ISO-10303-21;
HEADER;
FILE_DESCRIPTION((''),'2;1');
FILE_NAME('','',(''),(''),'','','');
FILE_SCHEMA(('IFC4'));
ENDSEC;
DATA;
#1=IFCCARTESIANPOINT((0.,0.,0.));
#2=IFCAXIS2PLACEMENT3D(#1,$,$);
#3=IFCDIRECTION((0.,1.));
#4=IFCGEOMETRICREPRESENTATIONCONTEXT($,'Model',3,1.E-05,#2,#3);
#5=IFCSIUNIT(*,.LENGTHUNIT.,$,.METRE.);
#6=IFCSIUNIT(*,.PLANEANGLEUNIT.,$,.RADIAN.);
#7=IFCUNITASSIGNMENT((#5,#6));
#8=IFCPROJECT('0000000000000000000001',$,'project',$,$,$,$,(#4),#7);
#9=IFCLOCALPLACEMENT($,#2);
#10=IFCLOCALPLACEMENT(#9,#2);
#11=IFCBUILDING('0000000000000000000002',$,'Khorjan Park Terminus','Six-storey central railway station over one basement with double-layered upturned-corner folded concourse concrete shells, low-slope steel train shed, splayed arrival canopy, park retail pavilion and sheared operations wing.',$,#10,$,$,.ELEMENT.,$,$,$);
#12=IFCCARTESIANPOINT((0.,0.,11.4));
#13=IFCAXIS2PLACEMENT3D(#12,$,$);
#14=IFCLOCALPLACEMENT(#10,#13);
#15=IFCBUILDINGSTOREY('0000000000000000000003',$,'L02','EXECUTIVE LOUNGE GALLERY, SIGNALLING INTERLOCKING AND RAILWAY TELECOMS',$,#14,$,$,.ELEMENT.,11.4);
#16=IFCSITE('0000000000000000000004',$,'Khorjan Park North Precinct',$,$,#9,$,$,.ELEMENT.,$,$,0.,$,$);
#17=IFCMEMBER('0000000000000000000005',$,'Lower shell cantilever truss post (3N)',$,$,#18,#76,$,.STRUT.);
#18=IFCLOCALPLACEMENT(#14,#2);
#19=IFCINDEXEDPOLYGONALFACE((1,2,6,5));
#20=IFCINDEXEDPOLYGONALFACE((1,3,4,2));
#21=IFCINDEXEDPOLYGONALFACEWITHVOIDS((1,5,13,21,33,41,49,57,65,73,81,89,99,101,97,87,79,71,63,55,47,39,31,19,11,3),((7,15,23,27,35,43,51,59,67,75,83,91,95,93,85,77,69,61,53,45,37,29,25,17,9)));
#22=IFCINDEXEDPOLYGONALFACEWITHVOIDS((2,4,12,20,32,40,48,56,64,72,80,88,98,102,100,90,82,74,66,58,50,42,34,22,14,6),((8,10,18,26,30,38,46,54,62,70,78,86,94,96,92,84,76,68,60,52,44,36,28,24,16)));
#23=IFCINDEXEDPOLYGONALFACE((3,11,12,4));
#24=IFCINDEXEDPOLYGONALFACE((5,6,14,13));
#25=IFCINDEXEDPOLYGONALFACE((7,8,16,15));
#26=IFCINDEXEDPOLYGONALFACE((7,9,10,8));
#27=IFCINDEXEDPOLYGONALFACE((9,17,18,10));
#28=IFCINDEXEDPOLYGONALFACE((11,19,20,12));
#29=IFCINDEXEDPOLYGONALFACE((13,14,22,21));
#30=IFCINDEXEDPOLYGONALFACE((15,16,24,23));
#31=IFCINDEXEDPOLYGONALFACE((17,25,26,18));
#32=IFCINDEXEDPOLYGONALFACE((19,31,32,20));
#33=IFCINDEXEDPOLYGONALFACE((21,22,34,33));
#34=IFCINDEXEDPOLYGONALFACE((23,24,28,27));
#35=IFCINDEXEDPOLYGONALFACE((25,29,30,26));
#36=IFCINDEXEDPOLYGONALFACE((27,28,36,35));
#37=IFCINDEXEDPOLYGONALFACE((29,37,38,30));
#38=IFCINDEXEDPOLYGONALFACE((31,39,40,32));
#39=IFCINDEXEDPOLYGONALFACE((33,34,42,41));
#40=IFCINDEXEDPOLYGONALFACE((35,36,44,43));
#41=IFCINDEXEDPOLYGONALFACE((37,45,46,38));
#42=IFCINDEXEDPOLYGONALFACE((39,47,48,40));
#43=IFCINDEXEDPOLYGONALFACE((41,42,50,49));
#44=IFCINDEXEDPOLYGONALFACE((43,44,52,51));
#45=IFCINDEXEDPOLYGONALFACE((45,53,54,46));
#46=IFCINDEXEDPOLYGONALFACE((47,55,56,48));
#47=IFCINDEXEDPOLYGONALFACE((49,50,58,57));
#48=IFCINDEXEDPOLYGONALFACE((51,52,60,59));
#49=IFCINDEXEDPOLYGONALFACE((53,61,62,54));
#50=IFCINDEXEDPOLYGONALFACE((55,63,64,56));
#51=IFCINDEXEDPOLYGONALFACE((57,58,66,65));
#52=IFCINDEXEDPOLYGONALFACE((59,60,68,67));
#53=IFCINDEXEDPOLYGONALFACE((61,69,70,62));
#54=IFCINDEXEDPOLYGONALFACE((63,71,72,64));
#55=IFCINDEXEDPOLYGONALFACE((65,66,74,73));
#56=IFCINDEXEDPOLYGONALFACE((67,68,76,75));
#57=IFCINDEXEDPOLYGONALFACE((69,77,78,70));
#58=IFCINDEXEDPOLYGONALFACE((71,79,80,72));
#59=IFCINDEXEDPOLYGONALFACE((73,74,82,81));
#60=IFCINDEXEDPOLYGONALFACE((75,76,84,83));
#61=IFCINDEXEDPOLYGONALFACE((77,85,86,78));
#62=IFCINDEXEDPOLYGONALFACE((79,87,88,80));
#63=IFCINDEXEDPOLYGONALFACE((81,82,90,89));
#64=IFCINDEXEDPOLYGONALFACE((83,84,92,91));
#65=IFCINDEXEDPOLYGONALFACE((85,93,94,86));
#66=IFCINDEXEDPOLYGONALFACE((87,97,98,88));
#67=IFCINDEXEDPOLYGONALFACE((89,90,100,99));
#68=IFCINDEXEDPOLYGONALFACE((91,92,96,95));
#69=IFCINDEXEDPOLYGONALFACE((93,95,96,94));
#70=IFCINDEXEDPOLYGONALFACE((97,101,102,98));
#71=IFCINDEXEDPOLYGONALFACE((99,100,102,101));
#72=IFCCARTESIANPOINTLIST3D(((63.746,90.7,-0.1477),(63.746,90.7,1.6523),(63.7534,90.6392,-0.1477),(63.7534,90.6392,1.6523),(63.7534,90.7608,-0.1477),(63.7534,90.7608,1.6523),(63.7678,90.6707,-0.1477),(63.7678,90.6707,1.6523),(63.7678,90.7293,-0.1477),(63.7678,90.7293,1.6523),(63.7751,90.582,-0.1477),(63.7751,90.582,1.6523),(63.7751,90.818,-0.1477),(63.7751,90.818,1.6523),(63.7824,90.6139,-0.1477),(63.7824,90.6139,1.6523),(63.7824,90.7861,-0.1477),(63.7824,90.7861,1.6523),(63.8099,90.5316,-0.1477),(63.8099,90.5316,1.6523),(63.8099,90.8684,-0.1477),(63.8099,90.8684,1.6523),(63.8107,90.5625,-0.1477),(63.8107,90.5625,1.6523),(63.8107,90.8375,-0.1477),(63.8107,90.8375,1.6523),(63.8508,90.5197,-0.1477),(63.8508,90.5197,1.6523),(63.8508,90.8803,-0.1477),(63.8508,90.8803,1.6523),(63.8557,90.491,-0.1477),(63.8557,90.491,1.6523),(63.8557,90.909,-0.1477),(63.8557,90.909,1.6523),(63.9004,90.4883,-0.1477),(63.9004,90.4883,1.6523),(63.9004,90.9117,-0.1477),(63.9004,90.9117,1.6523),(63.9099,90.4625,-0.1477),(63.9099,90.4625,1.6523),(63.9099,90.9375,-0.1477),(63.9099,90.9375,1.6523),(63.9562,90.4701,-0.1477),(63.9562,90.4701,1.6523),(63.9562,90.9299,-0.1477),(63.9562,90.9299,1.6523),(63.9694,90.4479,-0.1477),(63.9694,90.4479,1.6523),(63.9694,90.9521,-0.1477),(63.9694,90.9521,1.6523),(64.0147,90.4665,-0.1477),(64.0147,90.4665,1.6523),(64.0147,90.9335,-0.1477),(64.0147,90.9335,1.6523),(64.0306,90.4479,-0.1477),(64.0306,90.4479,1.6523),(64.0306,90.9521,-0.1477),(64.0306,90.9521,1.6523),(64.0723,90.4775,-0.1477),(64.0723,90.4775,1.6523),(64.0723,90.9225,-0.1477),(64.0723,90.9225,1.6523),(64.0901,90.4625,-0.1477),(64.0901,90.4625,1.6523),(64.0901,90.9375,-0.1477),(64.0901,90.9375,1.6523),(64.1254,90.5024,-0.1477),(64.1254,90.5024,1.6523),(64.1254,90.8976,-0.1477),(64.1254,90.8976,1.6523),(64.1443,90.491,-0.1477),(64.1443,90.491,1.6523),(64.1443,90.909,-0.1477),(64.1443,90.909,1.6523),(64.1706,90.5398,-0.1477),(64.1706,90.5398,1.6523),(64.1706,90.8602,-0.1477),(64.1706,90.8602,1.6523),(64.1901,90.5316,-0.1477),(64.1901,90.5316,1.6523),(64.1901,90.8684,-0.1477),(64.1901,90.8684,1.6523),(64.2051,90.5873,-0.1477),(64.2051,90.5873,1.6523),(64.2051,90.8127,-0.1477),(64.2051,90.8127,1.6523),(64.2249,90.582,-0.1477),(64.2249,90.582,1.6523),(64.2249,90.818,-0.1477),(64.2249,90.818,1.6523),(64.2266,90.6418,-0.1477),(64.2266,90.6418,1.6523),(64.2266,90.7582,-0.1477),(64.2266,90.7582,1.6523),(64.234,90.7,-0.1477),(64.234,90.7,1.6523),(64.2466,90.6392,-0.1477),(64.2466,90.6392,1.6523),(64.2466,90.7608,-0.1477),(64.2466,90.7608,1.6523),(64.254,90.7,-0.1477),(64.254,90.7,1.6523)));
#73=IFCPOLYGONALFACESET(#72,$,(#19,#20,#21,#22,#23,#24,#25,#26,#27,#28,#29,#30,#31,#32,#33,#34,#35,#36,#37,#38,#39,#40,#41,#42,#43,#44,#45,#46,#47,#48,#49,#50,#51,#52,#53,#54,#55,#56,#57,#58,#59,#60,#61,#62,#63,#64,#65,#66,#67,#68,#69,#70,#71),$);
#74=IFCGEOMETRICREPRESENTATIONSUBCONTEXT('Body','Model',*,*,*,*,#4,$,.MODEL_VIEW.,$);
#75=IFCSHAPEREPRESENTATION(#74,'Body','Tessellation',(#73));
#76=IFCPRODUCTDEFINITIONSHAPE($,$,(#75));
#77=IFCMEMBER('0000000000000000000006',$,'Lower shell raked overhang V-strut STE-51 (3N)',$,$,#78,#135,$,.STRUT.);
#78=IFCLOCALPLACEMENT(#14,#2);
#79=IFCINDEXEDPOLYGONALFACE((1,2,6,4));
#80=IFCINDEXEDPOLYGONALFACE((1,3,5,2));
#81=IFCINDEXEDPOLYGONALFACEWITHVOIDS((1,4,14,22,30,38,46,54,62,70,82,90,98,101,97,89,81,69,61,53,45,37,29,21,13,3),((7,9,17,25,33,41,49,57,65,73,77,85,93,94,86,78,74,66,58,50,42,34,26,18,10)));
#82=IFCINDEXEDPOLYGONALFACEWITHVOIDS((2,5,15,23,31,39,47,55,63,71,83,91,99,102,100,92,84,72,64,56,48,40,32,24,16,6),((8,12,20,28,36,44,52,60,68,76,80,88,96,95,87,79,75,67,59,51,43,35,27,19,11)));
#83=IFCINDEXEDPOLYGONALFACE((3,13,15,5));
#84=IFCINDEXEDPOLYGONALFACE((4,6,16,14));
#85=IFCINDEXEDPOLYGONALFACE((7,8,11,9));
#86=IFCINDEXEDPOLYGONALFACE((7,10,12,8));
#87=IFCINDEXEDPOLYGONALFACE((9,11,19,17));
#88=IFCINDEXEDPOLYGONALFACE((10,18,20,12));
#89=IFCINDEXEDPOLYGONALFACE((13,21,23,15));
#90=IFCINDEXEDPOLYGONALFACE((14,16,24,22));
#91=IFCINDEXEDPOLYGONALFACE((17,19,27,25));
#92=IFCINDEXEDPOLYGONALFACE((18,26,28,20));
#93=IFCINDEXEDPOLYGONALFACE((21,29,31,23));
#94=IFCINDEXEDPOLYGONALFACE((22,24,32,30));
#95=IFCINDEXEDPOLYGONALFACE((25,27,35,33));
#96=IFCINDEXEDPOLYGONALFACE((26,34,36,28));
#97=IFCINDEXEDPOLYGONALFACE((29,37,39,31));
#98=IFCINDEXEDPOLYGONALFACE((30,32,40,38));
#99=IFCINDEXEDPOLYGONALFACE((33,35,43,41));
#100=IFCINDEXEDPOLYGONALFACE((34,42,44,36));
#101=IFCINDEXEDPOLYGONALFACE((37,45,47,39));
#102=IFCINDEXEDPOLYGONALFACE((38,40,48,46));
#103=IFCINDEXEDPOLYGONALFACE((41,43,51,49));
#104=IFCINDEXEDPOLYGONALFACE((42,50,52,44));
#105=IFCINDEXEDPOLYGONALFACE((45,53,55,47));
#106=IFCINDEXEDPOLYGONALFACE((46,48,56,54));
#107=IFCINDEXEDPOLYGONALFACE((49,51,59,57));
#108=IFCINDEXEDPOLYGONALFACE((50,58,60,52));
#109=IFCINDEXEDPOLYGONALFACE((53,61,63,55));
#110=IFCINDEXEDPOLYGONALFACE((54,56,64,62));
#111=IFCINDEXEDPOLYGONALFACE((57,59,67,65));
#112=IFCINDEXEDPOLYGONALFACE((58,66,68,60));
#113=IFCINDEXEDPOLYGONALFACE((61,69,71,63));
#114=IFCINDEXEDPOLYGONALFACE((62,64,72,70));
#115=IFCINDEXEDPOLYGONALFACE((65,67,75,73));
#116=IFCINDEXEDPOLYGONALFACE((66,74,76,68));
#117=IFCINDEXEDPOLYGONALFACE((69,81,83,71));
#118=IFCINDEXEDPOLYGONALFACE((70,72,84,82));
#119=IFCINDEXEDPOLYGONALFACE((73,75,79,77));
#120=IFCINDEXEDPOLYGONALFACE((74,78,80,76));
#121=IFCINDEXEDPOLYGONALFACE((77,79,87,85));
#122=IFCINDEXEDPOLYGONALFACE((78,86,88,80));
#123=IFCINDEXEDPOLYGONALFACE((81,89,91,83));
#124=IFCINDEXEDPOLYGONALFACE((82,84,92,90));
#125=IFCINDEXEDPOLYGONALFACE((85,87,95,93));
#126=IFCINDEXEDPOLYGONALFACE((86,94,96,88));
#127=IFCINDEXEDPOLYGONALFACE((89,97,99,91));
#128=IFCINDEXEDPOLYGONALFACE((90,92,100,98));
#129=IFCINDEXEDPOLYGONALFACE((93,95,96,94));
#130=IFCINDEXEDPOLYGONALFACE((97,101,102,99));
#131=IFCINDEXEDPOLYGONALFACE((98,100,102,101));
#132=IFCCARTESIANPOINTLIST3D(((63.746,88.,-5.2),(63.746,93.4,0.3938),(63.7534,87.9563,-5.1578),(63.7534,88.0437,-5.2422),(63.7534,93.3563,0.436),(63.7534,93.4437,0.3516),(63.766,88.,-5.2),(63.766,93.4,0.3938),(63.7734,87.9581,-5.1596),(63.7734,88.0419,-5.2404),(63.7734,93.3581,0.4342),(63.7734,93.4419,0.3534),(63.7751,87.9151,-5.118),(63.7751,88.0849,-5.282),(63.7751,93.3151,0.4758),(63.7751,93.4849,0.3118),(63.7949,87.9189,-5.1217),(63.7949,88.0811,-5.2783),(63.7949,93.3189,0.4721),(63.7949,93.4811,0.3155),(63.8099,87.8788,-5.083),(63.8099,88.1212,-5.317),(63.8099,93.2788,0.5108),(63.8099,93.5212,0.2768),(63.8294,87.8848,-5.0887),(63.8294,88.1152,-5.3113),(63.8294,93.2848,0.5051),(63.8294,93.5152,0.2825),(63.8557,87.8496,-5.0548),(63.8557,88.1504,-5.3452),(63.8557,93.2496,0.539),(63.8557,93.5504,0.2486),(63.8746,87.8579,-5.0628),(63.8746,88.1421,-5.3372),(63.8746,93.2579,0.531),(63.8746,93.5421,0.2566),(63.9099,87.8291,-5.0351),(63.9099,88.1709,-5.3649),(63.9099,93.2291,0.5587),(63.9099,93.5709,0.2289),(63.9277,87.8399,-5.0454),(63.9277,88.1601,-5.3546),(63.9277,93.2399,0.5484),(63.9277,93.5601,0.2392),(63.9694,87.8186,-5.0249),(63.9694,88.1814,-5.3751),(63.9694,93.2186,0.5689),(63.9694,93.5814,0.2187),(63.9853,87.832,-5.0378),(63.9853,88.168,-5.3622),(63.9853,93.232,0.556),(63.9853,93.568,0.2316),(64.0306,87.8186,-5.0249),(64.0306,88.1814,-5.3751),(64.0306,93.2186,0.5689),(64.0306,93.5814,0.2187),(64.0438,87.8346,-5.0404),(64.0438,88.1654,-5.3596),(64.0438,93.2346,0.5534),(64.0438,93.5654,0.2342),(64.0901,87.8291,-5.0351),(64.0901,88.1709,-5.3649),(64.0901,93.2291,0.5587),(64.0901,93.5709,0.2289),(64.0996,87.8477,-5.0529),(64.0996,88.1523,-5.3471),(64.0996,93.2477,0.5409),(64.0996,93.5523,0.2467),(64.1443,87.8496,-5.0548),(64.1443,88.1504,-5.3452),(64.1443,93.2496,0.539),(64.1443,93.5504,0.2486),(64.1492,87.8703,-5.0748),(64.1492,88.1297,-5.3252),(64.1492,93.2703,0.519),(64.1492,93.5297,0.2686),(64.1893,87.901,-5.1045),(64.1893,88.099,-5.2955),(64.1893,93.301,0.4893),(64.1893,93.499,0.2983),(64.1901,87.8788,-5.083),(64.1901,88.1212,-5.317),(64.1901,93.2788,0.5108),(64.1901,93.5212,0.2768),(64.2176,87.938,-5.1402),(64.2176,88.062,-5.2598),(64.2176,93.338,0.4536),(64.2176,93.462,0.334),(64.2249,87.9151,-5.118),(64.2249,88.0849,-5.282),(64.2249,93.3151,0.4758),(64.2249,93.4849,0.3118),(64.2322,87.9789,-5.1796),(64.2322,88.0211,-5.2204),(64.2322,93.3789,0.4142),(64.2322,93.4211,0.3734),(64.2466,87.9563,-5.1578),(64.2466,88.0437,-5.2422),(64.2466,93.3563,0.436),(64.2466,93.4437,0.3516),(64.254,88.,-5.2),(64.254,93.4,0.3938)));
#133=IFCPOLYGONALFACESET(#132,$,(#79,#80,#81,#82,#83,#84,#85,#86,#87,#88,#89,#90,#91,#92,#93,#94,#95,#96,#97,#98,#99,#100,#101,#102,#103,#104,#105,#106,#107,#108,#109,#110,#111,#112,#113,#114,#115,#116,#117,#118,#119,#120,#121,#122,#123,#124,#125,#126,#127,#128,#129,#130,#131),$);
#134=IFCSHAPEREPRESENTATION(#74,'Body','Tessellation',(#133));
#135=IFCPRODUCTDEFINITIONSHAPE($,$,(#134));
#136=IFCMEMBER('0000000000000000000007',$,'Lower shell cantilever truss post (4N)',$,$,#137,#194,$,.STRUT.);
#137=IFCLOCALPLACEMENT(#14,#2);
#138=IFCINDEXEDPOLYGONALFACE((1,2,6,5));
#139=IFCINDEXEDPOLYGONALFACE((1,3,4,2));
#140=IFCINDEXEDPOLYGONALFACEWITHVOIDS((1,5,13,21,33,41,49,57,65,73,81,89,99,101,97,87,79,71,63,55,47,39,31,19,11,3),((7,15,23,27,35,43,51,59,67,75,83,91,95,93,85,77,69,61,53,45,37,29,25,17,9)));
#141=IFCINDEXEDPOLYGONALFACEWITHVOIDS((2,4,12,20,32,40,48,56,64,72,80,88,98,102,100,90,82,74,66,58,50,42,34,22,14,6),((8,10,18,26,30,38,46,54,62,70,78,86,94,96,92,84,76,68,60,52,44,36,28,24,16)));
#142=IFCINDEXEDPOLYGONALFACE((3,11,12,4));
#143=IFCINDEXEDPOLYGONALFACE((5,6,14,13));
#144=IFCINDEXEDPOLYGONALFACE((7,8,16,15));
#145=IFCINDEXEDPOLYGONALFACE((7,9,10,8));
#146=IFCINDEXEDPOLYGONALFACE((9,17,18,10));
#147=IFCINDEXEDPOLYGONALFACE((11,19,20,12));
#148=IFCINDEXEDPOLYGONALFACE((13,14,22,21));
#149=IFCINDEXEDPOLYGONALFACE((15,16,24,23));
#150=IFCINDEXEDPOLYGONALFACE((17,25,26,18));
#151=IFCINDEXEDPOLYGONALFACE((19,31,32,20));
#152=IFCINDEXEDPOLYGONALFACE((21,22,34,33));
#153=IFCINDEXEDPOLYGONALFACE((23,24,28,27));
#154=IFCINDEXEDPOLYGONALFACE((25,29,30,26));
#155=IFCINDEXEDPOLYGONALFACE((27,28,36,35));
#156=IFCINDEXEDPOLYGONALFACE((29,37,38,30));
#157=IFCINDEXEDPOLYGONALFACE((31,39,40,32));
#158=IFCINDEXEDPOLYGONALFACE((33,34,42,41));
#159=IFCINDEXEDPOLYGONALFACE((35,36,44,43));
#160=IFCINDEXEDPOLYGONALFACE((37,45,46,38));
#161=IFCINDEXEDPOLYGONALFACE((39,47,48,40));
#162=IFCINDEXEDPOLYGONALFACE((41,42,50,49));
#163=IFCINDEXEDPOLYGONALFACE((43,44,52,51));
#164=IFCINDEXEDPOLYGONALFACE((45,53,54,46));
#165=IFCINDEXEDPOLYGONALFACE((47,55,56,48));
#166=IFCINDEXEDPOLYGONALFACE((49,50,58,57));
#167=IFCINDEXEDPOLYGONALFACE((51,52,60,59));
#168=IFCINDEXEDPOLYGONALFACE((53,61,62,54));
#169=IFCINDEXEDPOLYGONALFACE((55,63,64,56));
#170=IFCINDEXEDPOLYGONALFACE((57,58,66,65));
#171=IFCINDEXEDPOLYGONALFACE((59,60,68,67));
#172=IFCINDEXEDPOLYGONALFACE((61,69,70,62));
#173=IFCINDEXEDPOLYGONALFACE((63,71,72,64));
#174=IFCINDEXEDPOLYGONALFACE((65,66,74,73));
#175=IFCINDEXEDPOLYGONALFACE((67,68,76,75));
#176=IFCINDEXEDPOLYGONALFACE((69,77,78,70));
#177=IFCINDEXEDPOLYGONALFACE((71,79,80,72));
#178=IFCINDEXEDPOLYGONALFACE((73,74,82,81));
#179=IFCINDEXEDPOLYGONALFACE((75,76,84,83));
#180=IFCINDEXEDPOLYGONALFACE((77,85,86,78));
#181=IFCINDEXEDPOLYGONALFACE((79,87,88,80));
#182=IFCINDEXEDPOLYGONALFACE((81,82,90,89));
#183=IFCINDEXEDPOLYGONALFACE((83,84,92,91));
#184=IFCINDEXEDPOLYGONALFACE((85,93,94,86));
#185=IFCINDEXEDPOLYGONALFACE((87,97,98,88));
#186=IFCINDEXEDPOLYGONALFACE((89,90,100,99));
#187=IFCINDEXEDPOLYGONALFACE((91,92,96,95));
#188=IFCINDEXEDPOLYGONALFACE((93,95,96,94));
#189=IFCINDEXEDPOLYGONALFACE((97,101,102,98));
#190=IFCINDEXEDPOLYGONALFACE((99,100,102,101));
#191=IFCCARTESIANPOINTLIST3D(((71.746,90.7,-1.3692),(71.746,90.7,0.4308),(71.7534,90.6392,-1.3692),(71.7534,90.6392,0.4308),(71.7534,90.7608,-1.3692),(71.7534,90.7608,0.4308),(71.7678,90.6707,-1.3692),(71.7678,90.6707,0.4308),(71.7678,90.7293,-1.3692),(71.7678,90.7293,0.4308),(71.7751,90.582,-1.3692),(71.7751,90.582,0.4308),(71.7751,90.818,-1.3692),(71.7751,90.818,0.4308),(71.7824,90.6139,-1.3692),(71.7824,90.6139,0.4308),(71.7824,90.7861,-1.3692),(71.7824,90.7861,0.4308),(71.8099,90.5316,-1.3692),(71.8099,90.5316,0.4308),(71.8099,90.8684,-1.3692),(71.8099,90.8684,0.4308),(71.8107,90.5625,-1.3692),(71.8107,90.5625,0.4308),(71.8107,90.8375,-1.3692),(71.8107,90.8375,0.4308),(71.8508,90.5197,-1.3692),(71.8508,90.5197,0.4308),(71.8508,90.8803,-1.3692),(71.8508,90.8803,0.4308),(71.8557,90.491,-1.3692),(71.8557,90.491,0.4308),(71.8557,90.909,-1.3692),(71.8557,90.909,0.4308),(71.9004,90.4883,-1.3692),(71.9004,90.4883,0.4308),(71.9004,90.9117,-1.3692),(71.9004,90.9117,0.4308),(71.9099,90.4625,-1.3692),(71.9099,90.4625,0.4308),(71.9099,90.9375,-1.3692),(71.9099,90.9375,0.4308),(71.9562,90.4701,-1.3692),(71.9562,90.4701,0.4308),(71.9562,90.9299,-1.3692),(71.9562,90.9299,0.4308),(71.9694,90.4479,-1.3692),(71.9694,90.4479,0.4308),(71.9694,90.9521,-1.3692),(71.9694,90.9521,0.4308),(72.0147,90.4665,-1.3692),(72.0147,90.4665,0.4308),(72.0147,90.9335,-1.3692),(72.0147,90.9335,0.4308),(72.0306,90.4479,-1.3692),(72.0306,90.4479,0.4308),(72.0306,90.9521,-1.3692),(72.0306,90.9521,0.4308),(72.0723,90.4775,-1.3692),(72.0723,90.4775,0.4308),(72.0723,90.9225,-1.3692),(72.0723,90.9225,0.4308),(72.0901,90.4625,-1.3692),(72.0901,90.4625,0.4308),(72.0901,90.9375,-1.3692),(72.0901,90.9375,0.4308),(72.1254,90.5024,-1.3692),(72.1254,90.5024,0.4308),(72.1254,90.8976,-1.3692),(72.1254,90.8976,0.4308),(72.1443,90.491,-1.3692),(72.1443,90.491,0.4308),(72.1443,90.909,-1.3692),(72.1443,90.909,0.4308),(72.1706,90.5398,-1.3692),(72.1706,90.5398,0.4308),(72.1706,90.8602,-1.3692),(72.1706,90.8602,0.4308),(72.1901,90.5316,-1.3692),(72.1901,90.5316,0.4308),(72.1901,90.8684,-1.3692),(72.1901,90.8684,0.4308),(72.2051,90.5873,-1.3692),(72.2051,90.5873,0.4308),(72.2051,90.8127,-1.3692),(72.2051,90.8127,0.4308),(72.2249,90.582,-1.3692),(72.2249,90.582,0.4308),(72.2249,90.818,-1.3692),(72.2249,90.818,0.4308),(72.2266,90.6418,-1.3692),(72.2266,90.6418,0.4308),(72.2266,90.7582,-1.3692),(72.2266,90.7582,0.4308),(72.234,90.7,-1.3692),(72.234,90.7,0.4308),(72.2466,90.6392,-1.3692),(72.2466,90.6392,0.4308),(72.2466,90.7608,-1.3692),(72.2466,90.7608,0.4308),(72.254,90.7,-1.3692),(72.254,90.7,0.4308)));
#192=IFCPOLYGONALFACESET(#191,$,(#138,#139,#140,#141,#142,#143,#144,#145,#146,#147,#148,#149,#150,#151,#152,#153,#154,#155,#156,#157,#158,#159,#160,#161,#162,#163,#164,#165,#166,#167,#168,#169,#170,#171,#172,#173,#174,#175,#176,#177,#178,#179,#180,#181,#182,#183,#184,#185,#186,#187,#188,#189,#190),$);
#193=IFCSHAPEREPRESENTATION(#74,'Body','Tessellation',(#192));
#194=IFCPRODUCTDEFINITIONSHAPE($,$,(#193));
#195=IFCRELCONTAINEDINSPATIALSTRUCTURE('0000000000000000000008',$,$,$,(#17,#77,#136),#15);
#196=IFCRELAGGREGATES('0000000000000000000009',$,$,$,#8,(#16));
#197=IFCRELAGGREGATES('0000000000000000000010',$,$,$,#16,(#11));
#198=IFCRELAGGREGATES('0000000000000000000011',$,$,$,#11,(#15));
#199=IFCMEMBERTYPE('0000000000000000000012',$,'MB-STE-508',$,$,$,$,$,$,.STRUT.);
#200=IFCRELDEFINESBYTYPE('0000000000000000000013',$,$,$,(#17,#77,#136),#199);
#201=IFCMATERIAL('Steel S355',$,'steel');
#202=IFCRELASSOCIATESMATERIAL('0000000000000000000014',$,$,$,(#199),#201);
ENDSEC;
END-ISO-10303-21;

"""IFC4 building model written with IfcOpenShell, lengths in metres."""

from ifc_helpers import new_model, si_unit, direction, frame, origin, origin_2d, place, context, subcontext, project, spatial, hollow_circle, extrude, material, material_profile, profile_set, type_object, element, save


model = new_model("IFC4")

# Units and contexts
model_context = context("Model", 3, precision=1e-05, world=origin(), true_north=direction((0.0, 1.0)))
body_context = subcontext(model_context, "Body", "Model", "MODEL_VIEW")
ifc_project = project(units=[si_unit("LENGTHUNIT", "METRE"), si_unit("PLANEANGLEUNIT", "RADIAN")], contexts=[model_context])

# Site, building, storey
site_placement = place(None, origin())
site = spatial("IfcSite", under=ifc_project, at=site_placement, Name="Khorjan Park North Precinct", CompositionType="ELEMENT", RefElevation=0.0)
building_placement = place(site_placement, origin())
building = spatial("IfcBuilding", under=site, at=building_placement, Name="Khorjan Park Terminus", Description="Six-storey central railway station over one basement with double-layered upturned-corner folded concourse concrete shells, low-slope steel train shed, splayed arrival canopy, park retail pavilion and sheared operations wing.", CompositionType="ELEMENT")
storey_placement = place(building_placement, frame((0.0, 0.0, 11.4)))
storey = spatial("IfcBuildingStorey", under=building, at=storey_placement, Name="L02", Description="EXECUTIVE LOUNGE GALLERY, SIGNALLING INTERLOCKING AND RAILWAY TELECOMS", CompositionType="ELEMENT", Elevation=11.4)

# Members
ifc_material_1 = material(Name="Steel S355", Category="steel")
ifc_material_profile_1 = material_profile(ifc_material_1, hollow_circle(Radius=0.254, WallThickness=0.02, at=origin_2d()), Name="CHS 508x20")
ifc_profile_set_1 = profile_set([ifc_material_profile_1], Name="Steel S355")
member_type_1 = type_object("IfcMemberType", Name="MB-STE-508", PredefinedType="STRUT", material=ifc_profile_set_1)
member_1_placement = place(storey_placement, frame((64.0, 90.7, -0.1477), z_axis=(0.0, 0.0, 1.0), x_axis=(1.0, 0.0, 0.0)))
element("IfcMember", 1, at=member_1_placement, inside=storey, type_object=member_type_1, Name="Lower shell cantilever truss post (3N)", PredefinedType="STRUT", context=body_context, shape_type="SweptSolid", body=[
    extrude(hollow_circle(Radius=0.254, WallThickness=0.02, at=origin_2d()), origin(), (0.0, 0.0, 1.0), 1.8),
])
member_2_placement = place(storey_placement, frame((64.0, 88.0, -5.2), z_axis=(0.0, 0.694534, 0.71946), x_axis=(-1.0, 0.0, 0.0)))
element("IfcMember", 2, at=member_2_placement, inside=storey, type_object=member_type_1, Name="Lower shell raked overhang V-strut STE-51 (3N)", PredefinedType="STRUT", context=body_context, shape_type="SweptSolid", body=[
    extrude(hollow_circle(Radius=0.254, WallThickness=0.02, at=origin_2d()), origin(), (0.0, 0.0, 1.0), 7.775),
])
member_3_placement = place(storey_placement, frame((72.0, 90.7, -1.3692), z_axis=(0.0, 0.0, 1.0), x_axis=(1.0, 0.0, 0.0)))
element("IfcMember", 3, at=member_3_placement, inside=storey, type_object=member_type_1, Name="Lower shell cantilever truss post (4N)", PredefinedType="STRUT", context=body_context, shape_type="SweptSolid", body=[
    extrude(hollow_circle(Radius=0.254, WallThickness=0.02, at=origin_2d()), origin(), (0.0, 0.0, 1.0), 1.8),
])

save(model, "model.ifc")
